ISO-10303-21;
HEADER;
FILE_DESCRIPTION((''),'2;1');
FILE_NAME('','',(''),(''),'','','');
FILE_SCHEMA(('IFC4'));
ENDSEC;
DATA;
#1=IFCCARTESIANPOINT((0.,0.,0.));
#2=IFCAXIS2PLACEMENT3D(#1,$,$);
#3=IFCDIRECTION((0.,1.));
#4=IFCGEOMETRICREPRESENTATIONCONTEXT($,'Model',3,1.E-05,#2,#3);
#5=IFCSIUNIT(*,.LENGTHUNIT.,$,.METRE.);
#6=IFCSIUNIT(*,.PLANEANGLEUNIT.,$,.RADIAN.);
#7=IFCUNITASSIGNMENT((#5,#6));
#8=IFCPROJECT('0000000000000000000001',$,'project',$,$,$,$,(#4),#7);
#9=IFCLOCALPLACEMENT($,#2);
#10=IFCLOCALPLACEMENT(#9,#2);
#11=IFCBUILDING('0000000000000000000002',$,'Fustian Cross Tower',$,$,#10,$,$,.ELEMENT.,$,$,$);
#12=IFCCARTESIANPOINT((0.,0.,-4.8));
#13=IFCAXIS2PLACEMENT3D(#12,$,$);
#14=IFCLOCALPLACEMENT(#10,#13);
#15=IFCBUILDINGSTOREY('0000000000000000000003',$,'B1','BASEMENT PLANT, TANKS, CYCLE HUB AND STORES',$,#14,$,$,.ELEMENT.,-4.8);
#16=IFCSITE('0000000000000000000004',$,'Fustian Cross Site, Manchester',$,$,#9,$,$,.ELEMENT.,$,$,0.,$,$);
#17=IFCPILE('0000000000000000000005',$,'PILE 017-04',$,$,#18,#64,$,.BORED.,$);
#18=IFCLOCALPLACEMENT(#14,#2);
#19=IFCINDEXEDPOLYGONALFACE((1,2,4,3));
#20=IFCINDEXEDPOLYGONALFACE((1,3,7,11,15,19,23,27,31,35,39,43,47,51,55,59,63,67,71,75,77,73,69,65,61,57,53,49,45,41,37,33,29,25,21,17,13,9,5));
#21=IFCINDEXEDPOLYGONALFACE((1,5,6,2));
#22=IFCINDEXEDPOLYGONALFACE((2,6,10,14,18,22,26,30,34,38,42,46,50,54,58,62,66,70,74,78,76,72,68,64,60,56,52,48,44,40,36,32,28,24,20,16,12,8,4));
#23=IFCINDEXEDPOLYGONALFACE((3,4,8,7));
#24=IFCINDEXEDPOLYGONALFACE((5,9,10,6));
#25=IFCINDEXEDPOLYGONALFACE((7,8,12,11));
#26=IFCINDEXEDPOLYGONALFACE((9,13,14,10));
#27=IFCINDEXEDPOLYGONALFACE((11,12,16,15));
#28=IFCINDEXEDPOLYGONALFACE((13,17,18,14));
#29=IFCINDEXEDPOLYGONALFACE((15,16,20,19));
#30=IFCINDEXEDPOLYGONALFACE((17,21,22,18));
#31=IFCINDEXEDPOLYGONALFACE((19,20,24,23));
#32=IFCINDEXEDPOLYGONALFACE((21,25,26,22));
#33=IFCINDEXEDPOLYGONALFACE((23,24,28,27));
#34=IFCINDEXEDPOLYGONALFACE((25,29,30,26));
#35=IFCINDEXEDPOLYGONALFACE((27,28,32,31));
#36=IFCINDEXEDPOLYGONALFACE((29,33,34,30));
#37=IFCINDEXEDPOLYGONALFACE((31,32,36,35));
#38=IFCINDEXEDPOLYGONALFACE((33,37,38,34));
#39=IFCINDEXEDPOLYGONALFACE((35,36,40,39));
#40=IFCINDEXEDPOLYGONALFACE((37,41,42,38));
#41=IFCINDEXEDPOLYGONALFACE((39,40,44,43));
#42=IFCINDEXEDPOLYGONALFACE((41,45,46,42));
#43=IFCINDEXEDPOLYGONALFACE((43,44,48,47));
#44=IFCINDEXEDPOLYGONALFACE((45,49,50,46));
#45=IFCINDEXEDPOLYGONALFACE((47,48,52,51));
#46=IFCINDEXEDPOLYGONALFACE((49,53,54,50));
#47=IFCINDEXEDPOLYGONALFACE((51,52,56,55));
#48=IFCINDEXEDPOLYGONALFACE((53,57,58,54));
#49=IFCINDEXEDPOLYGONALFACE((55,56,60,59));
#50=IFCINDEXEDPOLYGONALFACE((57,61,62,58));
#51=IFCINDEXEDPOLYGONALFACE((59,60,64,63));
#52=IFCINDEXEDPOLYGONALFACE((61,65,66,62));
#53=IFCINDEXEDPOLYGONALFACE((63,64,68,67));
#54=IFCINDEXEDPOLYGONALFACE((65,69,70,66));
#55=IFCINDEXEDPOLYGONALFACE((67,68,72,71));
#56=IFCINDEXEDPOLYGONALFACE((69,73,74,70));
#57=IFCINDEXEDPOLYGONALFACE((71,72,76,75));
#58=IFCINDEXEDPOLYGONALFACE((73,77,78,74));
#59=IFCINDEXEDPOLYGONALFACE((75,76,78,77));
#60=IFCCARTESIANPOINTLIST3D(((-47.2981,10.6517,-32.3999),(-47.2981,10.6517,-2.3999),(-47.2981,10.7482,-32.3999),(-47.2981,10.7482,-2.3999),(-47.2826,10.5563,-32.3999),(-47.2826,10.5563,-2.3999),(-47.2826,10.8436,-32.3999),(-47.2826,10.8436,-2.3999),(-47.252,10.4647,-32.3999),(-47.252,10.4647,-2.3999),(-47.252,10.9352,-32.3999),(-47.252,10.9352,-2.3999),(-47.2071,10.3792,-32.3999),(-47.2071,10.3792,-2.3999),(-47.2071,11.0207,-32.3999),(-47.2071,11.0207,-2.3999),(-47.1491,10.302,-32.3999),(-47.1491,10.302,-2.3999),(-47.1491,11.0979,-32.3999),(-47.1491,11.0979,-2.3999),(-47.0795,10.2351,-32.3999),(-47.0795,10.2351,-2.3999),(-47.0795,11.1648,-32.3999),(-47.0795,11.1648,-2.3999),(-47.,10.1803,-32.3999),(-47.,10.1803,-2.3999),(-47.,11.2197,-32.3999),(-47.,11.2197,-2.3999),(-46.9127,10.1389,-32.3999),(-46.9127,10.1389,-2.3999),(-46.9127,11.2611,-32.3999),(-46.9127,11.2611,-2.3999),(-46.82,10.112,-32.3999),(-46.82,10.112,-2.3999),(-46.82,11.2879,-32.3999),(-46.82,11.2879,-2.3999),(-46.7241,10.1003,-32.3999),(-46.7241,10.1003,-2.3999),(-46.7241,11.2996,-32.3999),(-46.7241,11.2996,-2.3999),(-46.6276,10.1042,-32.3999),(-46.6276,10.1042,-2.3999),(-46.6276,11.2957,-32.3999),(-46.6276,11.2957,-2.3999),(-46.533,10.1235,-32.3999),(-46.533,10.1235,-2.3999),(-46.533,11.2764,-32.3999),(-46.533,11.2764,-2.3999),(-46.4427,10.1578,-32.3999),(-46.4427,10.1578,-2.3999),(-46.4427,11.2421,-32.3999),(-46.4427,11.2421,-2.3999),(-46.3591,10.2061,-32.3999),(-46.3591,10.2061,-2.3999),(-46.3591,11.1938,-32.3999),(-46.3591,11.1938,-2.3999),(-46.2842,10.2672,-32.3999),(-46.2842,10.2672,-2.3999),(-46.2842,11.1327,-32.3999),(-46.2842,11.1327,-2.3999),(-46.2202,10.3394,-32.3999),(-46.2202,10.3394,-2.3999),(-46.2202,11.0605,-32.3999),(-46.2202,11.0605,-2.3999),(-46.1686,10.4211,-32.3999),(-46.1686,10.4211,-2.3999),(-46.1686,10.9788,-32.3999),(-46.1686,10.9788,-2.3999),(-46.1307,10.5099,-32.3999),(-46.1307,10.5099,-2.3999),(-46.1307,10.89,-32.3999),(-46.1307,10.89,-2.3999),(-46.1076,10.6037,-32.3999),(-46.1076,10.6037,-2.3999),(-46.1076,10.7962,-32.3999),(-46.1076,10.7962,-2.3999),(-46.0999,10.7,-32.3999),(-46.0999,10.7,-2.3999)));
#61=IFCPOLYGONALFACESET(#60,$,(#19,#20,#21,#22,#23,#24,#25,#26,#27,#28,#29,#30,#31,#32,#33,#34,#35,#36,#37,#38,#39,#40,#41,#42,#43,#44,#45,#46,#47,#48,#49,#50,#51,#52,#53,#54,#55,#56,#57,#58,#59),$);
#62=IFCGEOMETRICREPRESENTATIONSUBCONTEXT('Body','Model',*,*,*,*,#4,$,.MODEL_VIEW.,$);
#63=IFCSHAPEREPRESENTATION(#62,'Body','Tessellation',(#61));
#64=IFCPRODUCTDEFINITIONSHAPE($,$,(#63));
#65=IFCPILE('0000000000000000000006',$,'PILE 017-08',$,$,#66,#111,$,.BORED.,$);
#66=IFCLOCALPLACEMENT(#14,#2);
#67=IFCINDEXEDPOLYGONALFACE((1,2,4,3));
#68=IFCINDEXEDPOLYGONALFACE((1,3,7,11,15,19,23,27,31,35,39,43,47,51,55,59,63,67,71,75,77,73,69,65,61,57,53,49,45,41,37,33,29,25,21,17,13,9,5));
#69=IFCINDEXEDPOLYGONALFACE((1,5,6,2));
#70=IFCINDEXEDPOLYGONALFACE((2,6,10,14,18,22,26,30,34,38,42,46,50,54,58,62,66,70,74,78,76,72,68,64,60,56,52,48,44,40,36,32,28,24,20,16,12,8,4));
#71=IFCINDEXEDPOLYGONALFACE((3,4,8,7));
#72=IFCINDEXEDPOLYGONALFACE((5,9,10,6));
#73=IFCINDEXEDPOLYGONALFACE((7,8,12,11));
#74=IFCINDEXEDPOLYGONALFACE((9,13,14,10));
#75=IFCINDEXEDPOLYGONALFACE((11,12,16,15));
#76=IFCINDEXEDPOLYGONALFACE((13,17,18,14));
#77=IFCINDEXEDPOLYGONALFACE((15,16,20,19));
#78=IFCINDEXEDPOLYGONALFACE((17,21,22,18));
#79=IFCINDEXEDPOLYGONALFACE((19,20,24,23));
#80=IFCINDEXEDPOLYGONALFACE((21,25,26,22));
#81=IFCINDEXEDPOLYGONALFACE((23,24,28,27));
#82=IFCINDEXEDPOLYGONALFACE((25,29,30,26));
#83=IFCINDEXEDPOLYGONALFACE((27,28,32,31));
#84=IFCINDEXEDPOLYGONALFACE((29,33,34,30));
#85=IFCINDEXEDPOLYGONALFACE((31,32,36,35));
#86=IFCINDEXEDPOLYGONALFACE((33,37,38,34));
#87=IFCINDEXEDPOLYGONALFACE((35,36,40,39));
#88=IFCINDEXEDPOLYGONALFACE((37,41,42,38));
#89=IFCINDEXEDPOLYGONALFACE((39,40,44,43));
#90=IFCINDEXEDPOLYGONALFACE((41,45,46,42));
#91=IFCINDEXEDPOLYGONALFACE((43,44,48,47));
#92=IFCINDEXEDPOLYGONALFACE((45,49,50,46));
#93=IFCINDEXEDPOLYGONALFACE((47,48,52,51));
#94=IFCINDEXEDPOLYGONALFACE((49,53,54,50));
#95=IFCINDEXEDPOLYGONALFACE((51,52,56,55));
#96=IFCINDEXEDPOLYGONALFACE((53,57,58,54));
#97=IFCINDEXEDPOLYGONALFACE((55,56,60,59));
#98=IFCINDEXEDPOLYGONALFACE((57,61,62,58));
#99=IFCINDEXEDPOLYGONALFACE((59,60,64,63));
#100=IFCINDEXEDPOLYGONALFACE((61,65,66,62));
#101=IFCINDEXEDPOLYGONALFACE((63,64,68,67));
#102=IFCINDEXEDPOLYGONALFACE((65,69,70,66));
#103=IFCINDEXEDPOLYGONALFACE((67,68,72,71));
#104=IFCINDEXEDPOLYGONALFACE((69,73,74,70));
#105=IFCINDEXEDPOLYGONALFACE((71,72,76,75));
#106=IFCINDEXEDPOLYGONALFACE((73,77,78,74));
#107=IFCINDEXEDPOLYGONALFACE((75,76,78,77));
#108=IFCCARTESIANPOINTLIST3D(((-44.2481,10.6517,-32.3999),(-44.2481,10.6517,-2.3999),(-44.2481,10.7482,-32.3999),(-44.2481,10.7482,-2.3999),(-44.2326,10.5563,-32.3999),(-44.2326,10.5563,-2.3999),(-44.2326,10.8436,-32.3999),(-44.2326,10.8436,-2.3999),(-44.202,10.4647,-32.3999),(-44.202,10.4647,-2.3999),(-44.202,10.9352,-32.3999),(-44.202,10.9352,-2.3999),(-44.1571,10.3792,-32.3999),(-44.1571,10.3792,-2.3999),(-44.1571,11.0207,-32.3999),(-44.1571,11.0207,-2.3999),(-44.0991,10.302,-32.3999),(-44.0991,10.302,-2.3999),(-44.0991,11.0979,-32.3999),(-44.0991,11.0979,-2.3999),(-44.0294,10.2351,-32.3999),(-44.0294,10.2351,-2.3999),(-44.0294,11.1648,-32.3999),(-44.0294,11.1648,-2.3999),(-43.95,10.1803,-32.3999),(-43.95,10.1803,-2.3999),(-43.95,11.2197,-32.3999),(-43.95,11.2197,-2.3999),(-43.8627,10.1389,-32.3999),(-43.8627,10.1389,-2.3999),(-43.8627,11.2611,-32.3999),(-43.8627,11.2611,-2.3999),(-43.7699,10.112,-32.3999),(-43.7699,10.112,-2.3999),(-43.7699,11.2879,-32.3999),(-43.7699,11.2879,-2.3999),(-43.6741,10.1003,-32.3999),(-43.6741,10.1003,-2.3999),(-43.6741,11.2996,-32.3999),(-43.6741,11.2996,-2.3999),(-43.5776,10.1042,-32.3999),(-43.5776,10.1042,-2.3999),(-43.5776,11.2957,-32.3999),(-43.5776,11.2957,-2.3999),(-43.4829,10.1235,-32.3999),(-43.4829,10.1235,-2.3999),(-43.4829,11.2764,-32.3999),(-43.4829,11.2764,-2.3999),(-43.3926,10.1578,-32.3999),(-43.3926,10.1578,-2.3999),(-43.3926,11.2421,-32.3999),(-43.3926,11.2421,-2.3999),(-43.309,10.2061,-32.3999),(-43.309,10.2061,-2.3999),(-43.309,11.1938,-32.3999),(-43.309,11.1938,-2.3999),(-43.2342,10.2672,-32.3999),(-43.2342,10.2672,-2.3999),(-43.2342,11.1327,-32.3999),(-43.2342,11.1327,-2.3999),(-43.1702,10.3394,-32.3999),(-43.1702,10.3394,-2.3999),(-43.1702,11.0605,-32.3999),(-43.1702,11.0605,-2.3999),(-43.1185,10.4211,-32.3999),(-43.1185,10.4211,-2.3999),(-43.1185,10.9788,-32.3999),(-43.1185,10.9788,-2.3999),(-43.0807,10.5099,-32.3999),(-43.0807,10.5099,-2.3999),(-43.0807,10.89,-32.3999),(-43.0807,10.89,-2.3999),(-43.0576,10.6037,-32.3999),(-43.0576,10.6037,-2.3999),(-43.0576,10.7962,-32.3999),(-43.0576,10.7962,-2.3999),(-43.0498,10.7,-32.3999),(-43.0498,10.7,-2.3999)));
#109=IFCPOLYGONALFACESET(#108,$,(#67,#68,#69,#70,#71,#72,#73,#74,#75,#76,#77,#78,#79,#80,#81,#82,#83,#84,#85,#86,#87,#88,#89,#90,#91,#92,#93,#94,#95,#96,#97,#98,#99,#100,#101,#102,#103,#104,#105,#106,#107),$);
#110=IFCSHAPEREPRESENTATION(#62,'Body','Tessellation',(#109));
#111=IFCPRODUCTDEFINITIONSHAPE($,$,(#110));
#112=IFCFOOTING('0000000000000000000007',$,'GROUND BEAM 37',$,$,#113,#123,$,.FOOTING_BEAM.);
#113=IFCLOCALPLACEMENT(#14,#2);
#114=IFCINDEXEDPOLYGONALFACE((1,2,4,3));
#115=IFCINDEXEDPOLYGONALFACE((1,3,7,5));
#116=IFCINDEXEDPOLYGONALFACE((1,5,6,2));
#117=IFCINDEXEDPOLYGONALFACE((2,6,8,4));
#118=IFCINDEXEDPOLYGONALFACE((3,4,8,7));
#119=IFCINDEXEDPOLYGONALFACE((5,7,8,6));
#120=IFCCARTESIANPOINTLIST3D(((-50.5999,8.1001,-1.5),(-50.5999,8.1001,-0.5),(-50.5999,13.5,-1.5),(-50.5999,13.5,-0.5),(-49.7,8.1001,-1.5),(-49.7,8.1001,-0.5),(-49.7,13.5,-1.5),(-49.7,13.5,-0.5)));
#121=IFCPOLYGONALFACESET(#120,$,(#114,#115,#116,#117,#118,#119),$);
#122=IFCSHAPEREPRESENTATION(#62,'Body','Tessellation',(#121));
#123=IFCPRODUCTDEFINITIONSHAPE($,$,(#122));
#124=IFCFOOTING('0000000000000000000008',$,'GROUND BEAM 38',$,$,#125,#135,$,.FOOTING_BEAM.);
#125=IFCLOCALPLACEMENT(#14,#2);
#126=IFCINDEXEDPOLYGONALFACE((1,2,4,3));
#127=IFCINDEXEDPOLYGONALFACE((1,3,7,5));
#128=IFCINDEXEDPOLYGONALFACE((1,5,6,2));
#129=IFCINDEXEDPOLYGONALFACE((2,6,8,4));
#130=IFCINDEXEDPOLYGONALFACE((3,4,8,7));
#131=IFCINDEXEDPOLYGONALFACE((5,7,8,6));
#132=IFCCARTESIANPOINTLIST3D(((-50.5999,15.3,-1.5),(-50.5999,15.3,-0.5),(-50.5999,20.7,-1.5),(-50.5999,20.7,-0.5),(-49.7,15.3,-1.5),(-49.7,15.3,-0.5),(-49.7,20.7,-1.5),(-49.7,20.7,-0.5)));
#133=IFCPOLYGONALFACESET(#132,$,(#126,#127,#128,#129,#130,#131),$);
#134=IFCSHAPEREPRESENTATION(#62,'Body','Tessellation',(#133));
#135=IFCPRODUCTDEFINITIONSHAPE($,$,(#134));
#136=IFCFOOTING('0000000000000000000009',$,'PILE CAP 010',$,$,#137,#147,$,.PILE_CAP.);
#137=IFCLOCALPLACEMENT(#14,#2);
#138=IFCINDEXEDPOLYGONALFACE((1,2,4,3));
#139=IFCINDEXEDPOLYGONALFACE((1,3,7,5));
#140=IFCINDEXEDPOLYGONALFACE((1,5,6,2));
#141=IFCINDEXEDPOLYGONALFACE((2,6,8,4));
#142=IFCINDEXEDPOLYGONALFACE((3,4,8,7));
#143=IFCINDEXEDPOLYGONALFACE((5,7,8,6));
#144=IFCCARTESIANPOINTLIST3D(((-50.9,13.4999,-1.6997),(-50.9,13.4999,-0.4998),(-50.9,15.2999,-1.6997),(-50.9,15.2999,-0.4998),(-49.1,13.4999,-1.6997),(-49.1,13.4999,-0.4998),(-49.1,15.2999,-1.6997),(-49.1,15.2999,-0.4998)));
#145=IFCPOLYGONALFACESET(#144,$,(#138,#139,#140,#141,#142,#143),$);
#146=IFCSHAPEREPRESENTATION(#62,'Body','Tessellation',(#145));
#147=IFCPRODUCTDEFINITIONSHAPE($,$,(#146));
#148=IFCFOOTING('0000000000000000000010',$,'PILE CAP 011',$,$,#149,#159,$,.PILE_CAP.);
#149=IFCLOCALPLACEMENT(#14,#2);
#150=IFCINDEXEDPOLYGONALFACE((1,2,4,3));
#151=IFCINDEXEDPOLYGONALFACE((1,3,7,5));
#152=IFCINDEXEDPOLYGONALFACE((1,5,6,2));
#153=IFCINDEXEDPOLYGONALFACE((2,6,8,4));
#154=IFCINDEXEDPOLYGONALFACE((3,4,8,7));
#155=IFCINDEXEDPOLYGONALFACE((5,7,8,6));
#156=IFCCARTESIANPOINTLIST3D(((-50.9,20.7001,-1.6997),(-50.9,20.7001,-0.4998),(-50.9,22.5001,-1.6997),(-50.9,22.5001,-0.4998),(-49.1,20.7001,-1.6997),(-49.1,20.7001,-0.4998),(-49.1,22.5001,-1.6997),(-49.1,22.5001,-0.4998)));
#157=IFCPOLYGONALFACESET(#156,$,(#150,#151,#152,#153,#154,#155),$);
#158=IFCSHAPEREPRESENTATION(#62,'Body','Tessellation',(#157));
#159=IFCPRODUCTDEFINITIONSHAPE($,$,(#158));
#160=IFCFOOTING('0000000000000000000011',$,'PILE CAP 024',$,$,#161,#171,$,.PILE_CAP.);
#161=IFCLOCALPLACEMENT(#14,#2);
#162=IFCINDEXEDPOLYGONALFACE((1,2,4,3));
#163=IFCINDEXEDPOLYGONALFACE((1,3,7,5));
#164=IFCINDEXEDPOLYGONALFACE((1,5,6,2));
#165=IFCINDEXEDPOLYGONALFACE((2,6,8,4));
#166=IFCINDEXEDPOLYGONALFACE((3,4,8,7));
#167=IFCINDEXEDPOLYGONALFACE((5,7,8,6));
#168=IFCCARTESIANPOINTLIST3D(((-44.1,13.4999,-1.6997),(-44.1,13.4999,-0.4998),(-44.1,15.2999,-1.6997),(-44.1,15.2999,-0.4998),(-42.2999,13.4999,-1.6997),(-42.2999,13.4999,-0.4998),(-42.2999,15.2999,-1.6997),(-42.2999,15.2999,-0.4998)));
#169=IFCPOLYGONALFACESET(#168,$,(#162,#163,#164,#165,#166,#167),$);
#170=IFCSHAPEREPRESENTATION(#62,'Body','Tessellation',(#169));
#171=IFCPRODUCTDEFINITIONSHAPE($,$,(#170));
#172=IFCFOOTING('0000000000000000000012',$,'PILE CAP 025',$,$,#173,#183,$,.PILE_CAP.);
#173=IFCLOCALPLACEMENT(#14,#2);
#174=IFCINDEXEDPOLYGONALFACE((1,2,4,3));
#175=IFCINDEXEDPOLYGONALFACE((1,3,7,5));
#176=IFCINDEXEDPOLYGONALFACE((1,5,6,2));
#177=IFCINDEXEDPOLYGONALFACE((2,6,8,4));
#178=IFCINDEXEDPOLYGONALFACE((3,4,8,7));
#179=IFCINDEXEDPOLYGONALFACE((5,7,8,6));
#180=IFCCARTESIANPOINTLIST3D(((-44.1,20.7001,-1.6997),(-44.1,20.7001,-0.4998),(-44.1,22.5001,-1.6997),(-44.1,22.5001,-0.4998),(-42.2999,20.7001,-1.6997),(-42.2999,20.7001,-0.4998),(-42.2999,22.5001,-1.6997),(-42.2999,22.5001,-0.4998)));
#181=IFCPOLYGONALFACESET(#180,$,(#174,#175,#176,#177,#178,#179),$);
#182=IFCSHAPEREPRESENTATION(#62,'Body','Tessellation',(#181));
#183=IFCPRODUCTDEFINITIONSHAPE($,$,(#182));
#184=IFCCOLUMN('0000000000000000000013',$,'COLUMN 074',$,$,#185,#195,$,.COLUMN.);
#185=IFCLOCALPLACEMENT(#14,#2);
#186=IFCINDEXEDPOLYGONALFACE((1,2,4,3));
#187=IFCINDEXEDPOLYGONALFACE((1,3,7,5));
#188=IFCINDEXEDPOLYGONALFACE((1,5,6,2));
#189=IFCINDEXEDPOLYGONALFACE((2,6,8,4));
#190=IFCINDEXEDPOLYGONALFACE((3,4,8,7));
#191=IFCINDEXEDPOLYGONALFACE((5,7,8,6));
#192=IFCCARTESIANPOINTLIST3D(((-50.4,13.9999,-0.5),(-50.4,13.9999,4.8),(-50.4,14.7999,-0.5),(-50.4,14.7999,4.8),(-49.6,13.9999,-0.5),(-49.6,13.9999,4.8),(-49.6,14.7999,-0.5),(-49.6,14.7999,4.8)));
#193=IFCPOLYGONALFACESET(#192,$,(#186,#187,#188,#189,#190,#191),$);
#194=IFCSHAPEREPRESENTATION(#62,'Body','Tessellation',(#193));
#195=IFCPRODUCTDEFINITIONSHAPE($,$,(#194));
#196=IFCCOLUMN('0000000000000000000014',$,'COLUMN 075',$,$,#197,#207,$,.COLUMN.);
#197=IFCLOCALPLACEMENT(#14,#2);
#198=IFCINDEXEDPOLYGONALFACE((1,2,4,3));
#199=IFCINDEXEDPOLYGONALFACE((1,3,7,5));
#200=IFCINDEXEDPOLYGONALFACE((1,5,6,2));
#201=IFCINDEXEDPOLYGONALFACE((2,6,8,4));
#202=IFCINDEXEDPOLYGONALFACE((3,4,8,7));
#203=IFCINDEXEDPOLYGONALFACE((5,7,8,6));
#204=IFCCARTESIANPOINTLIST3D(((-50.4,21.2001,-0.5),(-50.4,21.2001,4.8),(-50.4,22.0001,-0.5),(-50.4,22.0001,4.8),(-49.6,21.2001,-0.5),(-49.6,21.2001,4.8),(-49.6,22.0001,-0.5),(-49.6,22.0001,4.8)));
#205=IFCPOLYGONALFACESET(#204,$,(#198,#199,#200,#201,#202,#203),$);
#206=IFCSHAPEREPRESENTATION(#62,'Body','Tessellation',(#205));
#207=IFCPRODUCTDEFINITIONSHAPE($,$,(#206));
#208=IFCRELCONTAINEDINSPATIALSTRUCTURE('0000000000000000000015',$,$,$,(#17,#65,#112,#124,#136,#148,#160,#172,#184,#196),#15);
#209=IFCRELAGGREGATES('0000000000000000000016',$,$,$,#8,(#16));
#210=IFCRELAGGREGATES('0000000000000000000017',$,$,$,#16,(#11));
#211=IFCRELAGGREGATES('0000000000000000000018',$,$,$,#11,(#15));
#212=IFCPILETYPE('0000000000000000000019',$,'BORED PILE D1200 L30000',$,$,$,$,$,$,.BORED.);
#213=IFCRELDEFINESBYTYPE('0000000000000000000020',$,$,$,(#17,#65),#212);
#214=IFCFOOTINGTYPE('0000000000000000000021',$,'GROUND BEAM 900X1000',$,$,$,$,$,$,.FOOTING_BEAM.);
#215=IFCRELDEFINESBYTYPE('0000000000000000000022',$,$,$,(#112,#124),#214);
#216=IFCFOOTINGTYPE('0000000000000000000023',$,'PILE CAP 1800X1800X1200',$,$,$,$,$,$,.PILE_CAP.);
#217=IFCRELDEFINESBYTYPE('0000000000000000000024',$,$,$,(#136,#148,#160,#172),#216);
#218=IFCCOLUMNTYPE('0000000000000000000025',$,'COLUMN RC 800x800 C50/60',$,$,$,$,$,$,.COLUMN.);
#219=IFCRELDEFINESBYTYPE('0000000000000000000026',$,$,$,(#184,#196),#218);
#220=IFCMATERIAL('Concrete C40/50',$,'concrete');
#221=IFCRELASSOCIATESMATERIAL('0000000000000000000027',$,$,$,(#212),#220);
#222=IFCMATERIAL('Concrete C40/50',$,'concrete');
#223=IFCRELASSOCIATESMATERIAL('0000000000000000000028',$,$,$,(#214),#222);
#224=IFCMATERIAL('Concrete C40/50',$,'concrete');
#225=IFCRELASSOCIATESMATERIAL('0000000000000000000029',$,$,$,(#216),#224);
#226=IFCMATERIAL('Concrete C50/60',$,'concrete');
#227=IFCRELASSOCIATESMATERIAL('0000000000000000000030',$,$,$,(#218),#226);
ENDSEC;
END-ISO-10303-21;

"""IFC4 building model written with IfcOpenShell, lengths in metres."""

from ifc_helpers import new_model, si_unit, direction, frame, origin, origin_2d, place, context, subcontext, project, spatial, rectangle, circle, extrude, material, material_profile, profile_set, type_object, element, save


model = new_model("IFC4")

# Units and contexts
model_context = context("Model", 3, precision=1e-05, world=origin(), true_north=direction((0.0, 1.0)))
body_context = subcontext(model_context, "Body", "Model", "MODEL_VIEW")
ifc_project = project(units=[si_unit("LENGTHUNIT", "METRE"), si_unit("PLANEANGLEUNIT", "RADIAN")], contexts=[model_context])

# Site, building, storey
site_placement = place(None, origin())
site = spatial("IfcSite", under=ifc_project, at=site_placement, Name="Fustian Cross Site, Manchester", CompositionType="ELEMENT", RefElevation=0.0)
building_placement = place(site_placement, origin())
building = spatial("IfcBuilding", under=site, at=building_placement, Name="Fustian Cross Tower", CompositionType="ELEMENT")
storey_placement = place(building_placement, frame((0.0, 0.0, -4.8)))
storey = spatial("IfcBuildingStorey", under=building, at=storey_placement, Name="B1", Description="BASEMENT PLANT, TANKS, CYCLE HUB AND STORES", CompositionType="ELEMENT", Elevation=-4.8)

# Piles
ifc_material_1 = material(Name="Concrete C40/50", Category="concrete")
ifc_material_profile_1 = material_profile(ifc_material_1, circle(Radius=0.6001, at=origin_2d()), Name="BORED PILE D1200 L30000")
ifc_profile_set_1 = profile_set([ifc_material_profile_1], Name="Concrete C40/50")
pile_type_1 = type_object("IfcPileType", Name="BORED PILE D1200 L30000", PredefinedType="BORED", material=ifc_profile_set_1)
for number, where, z_axis, x_axis, name in (
    (1, (-46.7, 10.7, -2.3999), (0.0, 0.0, -1.0), (1.0, 0.0, 0.0), "PILE 017-04"),
    (2, (-43.6499, 10.7, -2.3999), (0.0, 0.0, -1.0), (1.0, 0.0, 0.0), "PILE 017-08"),
):
    element("IfcPile", number, at=place(storey_placement, frame(where, z_axis=z_axis, x_axis=x_axis)), inside=storey, type_object=pile_type_1, Name=name, PredefinedType="BORED", context=body_context, shape_type="SweptSolid", body=[
        extrude(circle(Radius=0.6001, at=origin_2d()), origin(), (0.0, 0.0, 1.0), 30.0),
    ])

# Footings
ifc_material_2 = material(Name="Concrete C40/50", Category="concrete")
footing_type_1 = type_object("IfcFootingType", Name="GROUND BEAM 900X1000", PredefinedType="FOOTING_BEAM", material=ifc_material_2)
for number, where, z_axis, x_axis, name in (
    (3, (-50.1499, 10.8, -1.5), (0.0, 0.0, 1.0), (1.0, 0.0, 0.0), "GROUND BEAM 37"),
    (4, (-50.1499, 18.0, -1.5), (0.0, 0.0, 1.0), (1.0, 0.0, 0.0), "GROUND BEAM 38"),
):
    element("IfcFooting", number, at=place(storey_placement, frame(where, z_axis=z_axis, x_axis=x_axis)), inside=storey, type_object=footing_type_1, Name=name, PredefinedType="FOOTING_BEAM", context=body_context, shape_type="SweptSolid", body=[
        extrude(rectangle(XDim=0.8999, YDim=5.3999, at=origin_2d()), origin(), (0.0, 0.0, 1.0), 1.0),
    ])
ifc_material_3 = material(Name="Concrete C40/50", Category="concrete")
footing_type_2 = type_object("IfcFootingType", Name="PILE CAP 1800X1800X1200", PredefinedType="PILE_CAP", material=ifc_material_3)
for number, where, z_axis, x_axis, name in (
    (5, (-50.0, 14.3999, -1.6997), (0.0, 0.0, 1.0), (1.0, 0.0, 0.0), "PILE CAP 010"),
    (6, (-50.0, 21.6001, -1.6997), (0.0, 0.0, 1.0), (1.0, 0.0, 0.0), "PILE CAP 011"),
    (7, (-43.2, 14.3999, -1.6997), (0.0, 0.0, 1.0), (1.0, 0.0, 0.0), "PILE CAP 024"),
    (8, (-43.2, 21.6001, -1.6997), (0.0, 0.0, 1.0), (1.0, 0.0, 0.0), "PILE CAP 025"),
):
    element("IfcFooting", number, at=place(storey_placement, frame(where, z_axis=z_axis, x_axis=x_axis)), inside=storey, type_object=footing_type_2, Name=name, PredefinedType="PILE_CAP", context=body_context, shape_type="SweptSolid", body=[
        extrude(rectangle(XDim=1.8, YDim=1.8, at=origin_2d()), origin(), (0.0, 0.0, 1.0), 1.2),
    ])

# Columns
ifc_material_4 = material(Name="Concrete C50/60", Category="concrete")
ifc_material_profile_2 = material_profile(ifc_material_4, rectangle(XDim=0.8, YDim=0.8, at=origin_2d()), Name="RC 800x800")
ifc_profile_set_2 = profile_set([ifc_material_profile_2], Name="Concrete C50/60")
column_type_1 = type_object("IfcColumnType", Name="COLUMN RC 800x800 C50/60", PredefinedType="COLUMN", material=ifc_profile_set_2)
for number, where, z_axis, x_axis, name in (
    (9, (-50.0, 14.3999, -0.5), (0.0, 0.0, 1.0), (1.0, 0.0, 0.0), "COLUMN 074"),
    (10, (-50.0, 21.6001, -0.5), (0.0, 0.0, 1.0), (1.0, 0.0, 0.0), "COLUMN 075"),
):
    element("IfcColumn", number, at=place(storey_placement, frame(where, z_axis=z_axis, x_axis=x_axis)), inside=storey, type_object=column_type_1, Name=name, PredefinedType="COLUMN", context=body_context, shape_type="SweptSolid", body=[
        extrude(rectangle(XDim=0.8, YDim=0.8, at=origin_2d()), origin(), (0.0, 0.0, 1.0), 5.3),
    ])

save(model, "model.ifc")
